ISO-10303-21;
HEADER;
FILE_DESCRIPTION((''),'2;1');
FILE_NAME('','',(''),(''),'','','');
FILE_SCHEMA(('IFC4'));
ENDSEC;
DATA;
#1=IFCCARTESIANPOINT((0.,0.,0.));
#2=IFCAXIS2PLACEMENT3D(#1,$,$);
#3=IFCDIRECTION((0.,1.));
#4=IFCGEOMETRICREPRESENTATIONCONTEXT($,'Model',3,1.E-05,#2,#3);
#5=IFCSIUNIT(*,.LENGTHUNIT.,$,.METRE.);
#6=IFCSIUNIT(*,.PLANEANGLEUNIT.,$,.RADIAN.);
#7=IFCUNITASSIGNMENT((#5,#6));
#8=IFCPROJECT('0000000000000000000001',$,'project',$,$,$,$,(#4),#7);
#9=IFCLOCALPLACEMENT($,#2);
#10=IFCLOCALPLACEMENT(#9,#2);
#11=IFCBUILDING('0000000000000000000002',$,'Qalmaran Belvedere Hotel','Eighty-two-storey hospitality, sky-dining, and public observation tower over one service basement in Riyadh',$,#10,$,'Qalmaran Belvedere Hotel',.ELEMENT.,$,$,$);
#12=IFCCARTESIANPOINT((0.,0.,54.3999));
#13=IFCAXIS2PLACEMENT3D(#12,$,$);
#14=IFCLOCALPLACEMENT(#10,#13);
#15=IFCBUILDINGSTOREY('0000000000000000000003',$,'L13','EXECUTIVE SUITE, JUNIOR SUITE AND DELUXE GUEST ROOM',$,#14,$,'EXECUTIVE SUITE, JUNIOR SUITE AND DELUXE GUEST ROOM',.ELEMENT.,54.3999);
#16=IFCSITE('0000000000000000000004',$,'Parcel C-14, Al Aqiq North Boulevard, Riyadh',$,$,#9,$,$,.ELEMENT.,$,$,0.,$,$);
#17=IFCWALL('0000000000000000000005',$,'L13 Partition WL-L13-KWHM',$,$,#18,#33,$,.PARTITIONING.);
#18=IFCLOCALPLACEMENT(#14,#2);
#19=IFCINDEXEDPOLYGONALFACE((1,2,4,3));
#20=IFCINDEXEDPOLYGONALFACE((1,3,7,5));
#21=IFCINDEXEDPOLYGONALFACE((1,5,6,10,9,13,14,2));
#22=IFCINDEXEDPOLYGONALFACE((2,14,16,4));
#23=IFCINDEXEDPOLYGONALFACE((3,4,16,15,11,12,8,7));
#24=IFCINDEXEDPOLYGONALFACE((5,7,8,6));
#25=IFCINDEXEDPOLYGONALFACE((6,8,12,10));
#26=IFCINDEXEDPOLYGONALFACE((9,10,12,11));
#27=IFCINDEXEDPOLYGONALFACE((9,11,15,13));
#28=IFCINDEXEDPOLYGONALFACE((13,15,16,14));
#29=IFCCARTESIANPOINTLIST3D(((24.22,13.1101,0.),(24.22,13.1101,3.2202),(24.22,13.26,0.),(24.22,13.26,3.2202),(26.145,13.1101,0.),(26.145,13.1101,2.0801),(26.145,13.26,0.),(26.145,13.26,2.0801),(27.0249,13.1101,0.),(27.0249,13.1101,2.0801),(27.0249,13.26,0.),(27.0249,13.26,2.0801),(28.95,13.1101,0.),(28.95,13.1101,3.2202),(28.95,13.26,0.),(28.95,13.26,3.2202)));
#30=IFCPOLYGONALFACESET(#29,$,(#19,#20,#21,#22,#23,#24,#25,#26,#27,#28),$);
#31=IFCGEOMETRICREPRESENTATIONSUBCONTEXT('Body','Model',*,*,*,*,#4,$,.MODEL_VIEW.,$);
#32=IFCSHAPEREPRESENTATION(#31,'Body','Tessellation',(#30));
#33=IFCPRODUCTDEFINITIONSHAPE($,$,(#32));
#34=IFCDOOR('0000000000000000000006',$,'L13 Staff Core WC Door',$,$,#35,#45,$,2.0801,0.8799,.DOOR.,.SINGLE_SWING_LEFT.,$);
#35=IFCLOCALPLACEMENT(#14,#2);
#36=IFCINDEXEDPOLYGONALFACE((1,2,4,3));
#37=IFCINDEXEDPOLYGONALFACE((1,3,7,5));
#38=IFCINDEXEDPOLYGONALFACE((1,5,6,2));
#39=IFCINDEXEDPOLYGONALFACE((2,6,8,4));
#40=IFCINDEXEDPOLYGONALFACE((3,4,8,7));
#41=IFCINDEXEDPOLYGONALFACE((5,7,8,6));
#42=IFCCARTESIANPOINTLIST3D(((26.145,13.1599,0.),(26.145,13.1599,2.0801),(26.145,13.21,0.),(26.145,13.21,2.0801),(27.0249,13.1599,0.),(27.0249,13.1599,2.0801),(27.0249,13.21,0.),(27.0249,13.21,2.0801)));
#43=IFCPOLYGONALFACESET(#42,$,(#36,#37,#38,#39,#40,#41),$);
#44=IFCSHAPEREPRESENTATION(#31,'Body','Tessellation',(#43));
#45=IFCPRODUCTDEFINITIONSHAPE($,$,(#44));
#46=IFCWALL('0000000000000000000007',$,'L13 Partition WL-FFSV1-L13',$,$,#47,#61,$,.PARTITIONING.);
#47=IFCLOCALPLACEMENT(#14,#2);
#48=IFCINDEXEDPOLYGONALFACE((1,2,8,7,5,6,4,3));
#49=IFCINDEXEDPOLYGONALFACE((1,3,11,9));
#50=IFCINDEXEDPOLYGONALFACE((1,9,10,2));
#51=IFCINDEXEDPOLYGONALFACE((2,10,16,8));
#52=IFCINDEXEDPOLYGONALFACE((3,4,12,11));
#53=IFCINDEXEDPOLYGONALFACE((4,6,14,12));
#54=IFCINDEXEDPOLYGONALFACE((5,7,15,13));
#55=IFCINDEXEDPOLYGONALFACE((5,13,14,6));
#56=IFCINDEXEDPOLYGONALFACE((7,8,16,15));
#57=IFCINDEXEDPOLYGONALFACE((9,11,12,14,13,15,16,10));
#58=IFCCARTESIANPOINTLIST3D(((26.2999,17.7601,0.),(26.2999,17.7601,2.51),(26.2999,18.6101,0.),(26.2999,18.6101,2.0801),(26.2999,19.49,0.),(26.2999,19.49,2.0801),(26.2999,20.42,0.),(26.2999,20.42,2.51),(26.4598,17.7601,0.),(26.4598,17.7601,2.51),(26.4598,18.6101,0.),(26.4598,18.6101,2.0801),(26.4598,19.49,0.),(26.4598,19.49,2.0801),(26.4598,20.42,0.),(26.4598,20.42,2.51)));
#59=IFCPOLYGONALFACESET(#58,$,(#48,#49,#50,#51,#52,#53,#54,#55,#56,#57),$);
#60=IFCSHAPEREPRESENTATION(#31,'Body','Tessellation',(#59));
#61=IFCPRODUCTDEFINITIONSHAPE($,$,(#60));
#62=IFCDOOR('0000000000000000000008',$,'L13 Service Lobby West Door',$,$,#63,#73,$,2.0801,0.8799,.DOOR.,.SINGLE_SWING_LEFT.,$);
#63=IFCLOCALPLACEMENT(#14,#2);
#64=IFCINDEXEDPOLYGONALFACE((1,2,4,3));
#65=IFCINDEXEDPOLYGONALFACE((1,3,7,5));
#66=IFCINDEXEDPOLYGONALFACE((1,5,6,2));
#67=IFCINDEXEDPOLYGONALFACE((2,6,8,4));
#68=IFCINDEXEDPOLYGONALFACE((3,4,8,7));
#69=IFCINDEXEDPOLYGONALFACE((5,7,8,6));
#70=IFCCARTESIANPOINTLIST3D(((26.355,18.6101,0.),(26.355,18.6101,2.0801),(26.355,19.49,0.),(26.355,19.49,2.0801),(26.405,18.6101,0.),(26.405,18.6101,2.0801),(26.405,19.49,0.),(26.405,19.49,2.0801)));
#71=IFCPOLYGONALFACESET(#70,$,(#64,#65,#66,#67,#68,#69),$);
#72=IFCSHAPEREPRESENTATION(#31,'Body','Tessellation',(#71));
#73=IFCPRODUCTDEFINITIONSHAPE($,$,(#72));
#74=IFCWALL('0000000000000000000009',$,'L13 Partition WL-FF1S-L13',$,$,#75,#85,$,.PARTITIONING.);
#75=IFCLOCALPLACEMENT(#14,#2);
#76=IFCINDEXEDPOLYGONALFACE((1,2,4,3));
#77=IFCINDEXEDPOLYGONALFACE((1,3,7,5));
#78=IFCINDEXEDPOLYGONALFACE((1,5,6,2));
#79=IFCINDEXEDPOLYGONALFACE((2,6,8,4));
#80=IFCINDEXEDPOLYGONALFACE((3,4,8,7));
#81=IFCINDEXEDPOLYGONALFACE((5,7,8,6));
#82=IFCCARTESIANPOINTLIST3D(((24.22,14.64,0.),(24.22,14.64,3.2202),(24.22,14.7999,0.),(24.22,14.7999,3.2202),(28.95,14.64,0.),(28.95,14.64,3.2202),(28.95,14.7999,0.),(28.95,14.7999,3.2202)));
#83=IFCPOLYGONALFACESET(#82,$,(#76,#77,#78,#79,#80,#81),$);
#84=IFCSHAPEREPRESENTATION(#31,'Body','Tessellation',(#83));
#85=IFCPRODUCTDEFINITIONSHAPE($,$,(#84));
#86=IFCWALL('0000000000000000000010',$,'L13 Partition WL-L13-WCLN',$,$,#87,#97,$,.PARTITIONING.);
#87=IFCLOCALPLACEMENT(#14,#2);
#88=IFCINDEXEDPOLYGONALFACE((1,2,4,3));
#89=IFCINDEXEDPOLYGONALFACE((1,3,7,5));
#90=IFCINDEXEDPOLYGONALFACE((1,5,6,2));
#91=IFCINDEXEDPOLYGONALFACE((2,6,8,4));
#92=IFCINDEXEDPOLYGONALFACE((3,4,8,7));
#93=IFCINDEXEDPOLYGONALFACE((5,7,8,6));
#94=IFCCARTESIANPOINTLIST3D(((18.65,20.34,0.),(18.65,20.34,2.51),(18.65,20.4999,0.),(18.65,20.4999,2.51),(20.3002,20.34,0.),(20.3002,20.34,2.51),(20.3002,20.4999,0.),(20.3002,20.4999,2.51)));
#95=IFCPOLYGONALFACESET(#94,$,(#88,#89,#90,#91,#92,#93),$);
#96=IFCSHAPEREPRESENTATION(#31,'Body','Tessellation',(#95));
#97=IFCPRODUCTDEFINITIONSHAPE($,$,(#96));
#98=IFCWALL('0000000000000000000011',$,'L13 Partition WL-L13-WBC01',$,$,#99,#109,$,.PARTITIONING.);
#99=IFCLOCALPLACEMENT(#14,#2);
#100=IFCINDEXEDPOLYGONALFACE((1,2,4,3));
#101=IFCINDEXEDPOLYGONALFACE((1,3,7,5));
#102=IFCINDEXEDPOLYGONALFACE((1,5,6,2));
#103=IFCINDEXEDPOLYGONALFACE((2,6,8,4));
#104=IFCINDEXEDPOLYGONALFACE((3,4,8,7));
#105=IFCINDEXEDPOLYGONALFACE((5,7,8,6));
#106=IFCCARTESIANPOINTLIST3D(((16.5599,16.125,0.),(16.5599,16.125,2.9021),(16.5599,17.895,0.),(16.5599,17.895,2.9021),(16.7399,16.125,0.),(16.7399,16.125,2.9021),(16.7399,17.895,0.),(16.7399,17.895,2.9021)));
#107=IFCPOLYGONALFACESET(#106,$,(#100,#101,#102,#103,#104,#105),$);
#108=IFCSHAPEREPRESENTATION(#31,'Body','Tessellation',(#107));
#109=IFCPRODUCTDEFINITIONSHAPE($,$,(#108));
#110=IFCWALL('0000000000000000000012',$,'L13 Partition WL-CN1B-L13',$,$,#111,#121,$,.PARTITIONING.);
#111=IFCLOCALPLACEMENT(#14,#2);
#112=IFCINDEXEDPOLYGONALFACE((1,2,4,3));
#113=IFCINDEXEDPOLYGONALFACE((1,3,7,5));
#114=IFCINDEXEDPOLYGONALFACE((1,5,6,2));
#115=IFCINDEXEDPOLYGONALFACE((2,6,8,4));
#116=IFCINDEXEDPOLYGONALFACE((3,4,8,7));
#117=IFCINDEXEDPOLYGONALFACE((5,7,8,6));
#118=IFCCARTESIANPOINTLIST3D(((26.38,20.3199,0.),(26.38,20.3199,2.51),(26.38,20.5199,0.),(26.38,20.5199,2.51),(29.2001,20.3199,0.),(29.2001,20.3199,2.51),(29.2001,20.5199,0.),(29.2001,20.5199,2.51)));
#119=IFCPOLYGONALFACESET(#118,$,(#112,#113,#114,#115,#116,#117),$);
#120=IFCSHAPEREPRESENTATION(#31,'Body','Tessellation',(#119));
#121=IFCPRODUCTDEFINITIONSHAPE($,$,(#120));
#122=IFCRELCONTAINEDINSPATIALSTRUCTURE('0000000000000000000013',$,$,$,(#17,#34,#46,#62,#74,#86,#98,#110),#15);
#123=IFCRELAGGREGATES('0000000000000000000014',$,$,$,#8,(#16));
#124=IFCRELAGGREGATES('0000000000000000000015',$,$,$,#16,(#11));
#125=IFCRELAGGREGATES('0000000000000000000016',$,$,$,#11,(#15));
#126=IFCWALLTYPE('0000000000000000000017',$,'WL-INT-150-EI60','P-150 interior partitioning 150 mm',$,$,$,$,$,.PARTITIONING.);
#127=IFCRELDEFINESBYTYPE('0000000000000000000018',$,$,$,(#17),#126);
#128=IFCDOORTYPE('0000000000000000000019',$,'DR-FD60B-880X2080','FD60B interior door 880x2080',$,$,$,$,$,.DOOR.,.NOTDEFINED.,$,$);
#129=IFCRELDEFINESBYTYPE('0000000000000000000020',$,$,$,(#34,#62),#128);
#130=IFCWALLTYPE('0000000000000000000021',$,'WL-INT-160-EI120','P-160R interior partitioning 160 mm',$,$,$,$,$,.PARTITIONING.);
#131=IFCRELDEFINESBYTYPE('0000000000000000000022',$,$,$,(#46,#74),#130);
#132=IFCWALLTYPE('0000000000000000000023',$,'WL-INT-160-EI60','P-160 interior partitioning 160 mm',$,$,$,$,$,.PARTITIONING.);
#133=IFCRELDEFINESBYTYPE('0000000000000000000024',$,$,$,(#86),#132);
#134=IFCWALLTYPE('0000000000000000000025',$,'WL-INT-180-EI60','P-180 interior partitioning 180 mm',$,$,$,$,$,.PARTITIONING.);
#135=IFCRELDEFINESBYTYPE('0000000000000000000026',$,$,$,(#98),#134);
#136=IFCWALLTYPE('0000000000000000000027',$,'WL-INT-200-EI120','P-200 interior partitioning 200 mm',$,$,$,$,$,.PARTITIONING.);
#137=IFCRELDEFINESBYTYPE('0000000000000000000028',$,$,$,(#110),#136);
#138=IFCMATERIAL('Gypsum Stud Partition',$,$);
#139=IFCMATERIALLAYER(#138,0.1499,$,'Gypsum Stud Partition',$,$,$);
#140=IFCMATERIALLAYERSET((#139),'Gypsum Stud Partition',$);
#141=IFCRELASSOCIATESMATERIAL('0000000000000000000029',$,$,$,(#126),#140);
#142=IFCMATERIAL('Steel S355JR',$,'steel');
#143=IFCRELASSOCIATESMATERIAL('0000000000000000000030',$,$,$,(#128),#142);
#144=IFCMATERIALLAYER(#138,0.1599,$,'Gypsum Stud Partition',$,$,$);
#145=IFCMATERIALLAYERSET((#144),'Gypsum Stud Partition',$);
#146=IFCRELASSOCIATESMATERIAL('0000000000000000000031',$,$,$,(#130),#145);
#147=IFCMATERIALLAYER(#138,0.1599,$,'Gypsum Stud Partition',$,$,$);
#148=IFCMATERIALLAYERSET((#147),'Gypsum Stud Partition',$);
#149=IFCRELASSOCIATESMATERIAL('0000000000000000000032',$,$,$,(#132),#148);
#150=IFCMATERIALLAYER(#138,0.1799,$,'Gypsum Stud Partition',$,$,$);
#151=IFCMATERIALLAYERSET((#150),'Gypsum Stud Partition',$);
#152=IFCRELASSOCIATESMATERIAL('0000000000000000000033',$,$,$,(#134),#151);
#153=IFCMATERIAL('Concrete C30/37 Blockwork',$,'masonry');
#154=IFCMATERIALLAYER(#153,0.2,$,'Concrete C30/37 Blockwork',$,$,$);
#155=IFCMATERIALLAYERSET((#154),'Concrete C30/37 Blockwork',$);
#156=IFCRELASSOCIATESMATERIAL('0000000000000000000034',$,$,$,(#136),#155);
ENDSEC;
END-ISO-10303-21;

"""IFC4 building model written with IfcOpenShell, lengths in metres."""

from ifc_helpers import new_model, si_unit, direction, frame, frame_2d, origin, place, context, subcontext, project, spatial, rectangle, extrude, material, layer, layer_set, type_object, element, fill, save


model = new_model("IFC4")

# Units and contexts
model_context = context("Model", 3, precision=1e-05, world=origin(), true_north=direction((0.0, 1.0)))
body_context = subcontext(model_context, "Body", "Model", "MODEL_VIEW")
ifc_project = project(units=[si_unit("LENGTHUNIT", "METRE"), si_unit("PLANEANGLEUNIT", "RADIAN")], contexts=[model_context])

# Site, building, storey
site_placement = place(None, origin())
site = spatial("IfcSite", under=ifc_project, at=site_placement, Name="Parcel C-14, Al Aqiq North Boulevard, Riyadh", CompositionType="ELEMENT", RefElevation=0.0)
building_placement = place(site_placement, origin())
building = spatial("IfcBuilding", under=site, at=building_placement, Name="Qalmaran Belvedere Hotel", Description="Eighty-two-storey hospitality, sky-dining, and public observation tower over one service basement in Riyadh", LongName="Qalmaran Belvedere Hotel", CompositionType="ELEMENT")
storey_placement = place(building_placement, frame((0.0, 0.0, 54.3999)))
storey = spatial("IfcBuildingStorey", under=building, at=storey_placement, Name="L13", Description="EXECUTIVE SUITE, JUNIOR SUITE AND DELUXE GUEST ROOM", LongName="EXECUTIVE SUITE, JUNIOR SUITE AND DELUXE GUEST ROOM", CompositionType="ELEMENT", Elevation=54.3999)

# Shared definitions
ifc_material_1 = material(Name="Steel S355JR", Category="steel")

# Shared definitions
ifc_material_2 = material(Name="Gypsum Stud Partition")

# Walls, openings, doors
ifc_layer_1 = layer(ifc_material_2, 0.1499, Name="Gypsum Stud Partition")
ifc_layer_set_1 = layer_set([ifc_layer_1], Name="Gypsum Stud Partition")
wall_type_1 = type_object("IfcWallType", Name="WL-INT-150-EI60", Description="P-150 interior partitioning 150 mm", PredefinedType="PARTITIONING", material=ifc_layer_set_1)
wall_1_placement = place(storey_placement, frame((24.22, 13.1851, 0.0), z_axis=(0.0, 0.0, 1.0), x_axis=(1.0, 0.0, 0.0)))
wall_1 = element("IfcWall", 1, at=wall_1_placement, inside=storey, type_object=wall_type_1, Name="L13 Partition WL-L13-KWHM", PredefinedType="PARTITIONING", context=body_context, shape_type="SweptSolid", body=[
    extrude(rectangle(XDim=4.73, YDim=0.1499, at=frame_2d((2.365, 0.0))), origin(), (0.0, 0.0, 1.0), 3.2202),
])
opening_1_placement = place(wall_1_placement, frame((1.925, 0.0, 0.0)))
opening_1 = element("IfcOpeningElement", 2, at=opening_1_placement, cuts=wall_1, PredefinedType="OPENING", context=body_context, shape_type="SweptSolid", body=[
    extrude(rectangle(XDim=0.8799, YDim=2.0801, at=frame_2d((0.4399, 1.04))), frame((0.0, 0.085, 0.0), z_axis=(0.0, -1.0, 0.0), x_axis=(1.0, 0.0, 0.0)), (0.0, 0.0, 1.0), 0.1699),
])
door_type_1 = type_object("IfcDoorType", Name="DR-FD60B-880X2080", Description="FD60B interior door 880x2080", OperationType="NOTDEFINED", PredefinedType="DOOR", material=ifc_material_1)
door_1_placement = place(opening_1_placement, origin())
door_1 = element("IfcDoor", 3, at=door_1_placement, inside=storey, type_object=door_type_1, Name="L13 Staff Core WC Door", OperationType="SINGLE_SWING_LEFT", OverallHeight=2.0801, OverallWidth=0.8799, PredefinedType="DOOR", context=body_context, shape_type="SweptSolid", body=[
    extrude(rectangle(XDim=0.8799, YDim=2.0801, at=frame_2d((0.4399, 1.04))), frame((0.0, 0.0249, 0.0), z_axis=(0.0, -1.0, 0.0), x_axis=(1.0, 0.0, 0.0)), (0.0, 0.0, 1.0), 0.05),
])
fill(opening_1, door_1)
ifc_layer_2 = layer(ifc_material_2, 0.1599, Name="Gypsum Stud Partition")
ifc_layer_set_2 = layer_set([ifc_layer_2], Name="Gypsum Stud Partition")
wall_type_2 = type_object("IfcWallType", Name="WL-INT-160-EI120", Description="P-160R interior partitioning 160 mm", PredefinedType="PARTITIONING", material=ifc_layer_set_2)
wall_2_placement = place(storey_placement, frame((26.3799, 17.76, 0.0), z_axis=(0.0, 0.0, 1.0), x_axis=(0.0, 1.0, 0.0)))
wall_2 = element("IfcWall", 4, at=wall_2_placement, inside=storey, type_object=wall_type_2, Name="L13 Partition WL-FFSV1-L13", PredefinedType="PARTITIONING", context=body_context, shape_type="SweptSolid", body=[
    extrude(rectangle(XDim=2.6599, YDim=0.1599, at=frame_2d((1.3301, 0.0))), origin(), (0.0, 0.0, 1.0), 2.51),
])
opening_2_placement = place(wall_2_placement, frame((0.8501, 0.0, 0.0)))
opening_2 = element("IfcOpeningElement", 5, at=opening_2_placement, cuts=wall_2, PredefinedType="OPENING", context=body_context, shape_type="SweptSolid", body=[
    extrude(rectangle(XDim=0.8799, YDim=2.0801, at=frame_2d((0.4399, 1.04))), frame((0.0, 0.0898, 0.0), z_axis=(0.0, -1.0, 0.0), x_axis=(1.0, 0.0, 0.0)), (0.0, 0.0, 1.0), 0.1799),
])
door_2_placement = place(opening_2_placement, origin())
door_2 = element("IfcDoor", 6, at=door_2_placement, inside=storey, type_object=door_type_1, Name="L13 Service Lobby West Door", OperationType="SINGLE_SWING_LEFT", OverallHeight=2.0801, OverallWidth=0.8799, PredefinedType="DOOR", context=body_context, shape_type="SweptSolid", body=[
    extrude(rectangle(XDim=0.8799, YDim=2.0801, at=frame_2d((0.4399, 1.04))), frame((0.0, 0.0249, 0.0), z_axis=(0.0, -1.0, 0.0), x_axis=(1.0, 0.0, 0.0)), (0.0, 0.0, 1.0), 0.05),
])
fill(opening_2, door_2)

# Walls
wall_3_placement = place(storey_placement, frame((24.22, 14.72, 0.0), z_axis=(0.0, 0.0, 1.0), x_axis=(1.0, 0.0, 0.0)))
element("IfcWall", 7, at=wall_3_placement, inside=storey, type_object=wall_type_2, Name="L13 Partition WL-FF1S-L13", PredefinedType="PARTITIONING", context=body_context, shape_type="SweptSolid", body=[
    extrude(rectangle(XDim=4.73, YDim=0.1599, at=frame_2d((2.365, 0.0))), origin(), (0.0, 0.0, 1.0), 3.2202),
])
ifc_layer_3 = layer(ifc_material_2, 0.1599, Name="Gypsum Stud Partition")
ifc_layer_set_3 = layer_set([ifc_layer_3], Name="Gypsum Stud Partition")
wall_type_3 = type_object("IfcWallType", Name="WL-INT-160-EI60", Description="P-160 interior partitioning 160 mm", PredefinedType="PARTITIONING", material=ifc_layer_set_3)
wall_4_placement = place(storey_placement, frame((18.6499, 20.4199, 0.0), z_axis=(0.0, 0.0, 1.0), x_axis=(1.0, 0.0, 0.0)))
element("IfcWall", 8, at=wall_4_placement, inside=storey, type_object=wall_type_3, Name="L13 Partition WL-L13-WCLN", PredefinedType="PARTITIONING", context=body_context, shape_type="SweptSolid", body=[
    extrude(rectangle(XDim=1.6501, YDim=0.1599, at=frame_2d((0.8252, 0.0))), origin(), (0.0, 0.0, 1.0), 2.51),
])
ifc_layer_4 = layer(ifc_material_2, 0.1799, Name="Gypsum Stud Partition")
ifc_layer_set_4 = layer_set([ifc_layer_4], Name="Gypsum Stud Partition")
wall_type_4 = type_object("IfcWallType", Name="WL-INT-180-EI60", Description="P-180 interior partitioning 180 mm", PredefinedType="PARTITIONING", material=ifc_layer_set_4)
wall_5_placement = place(storey_placement, frame((16.6499, 16.125, 0.0), z_axis=(0.0, 0.0, 1.0), x_axis=(0.0, 1.0, 0.0)))
element("IfcWall", 9, at=wall_5_placement, inside=storey, type_object=wall_type_4, Name="L13 Partition WL-L13-WBC01", PredefinedType="PARTITIONING", context=body_context, shape_type="SweptSolid", body=[
    extrude(rectangle(XDim=1.77, YDim=0.1799, at=frame_2d((0.885, 0.0))), origin(), (0.0, 0.0, 1.0), 2.9021),
])

# Shared definitions
ifc_material_3 = material(Name="Concrete C30/37 Blockwork", Category="masonry")
ifc_layer_5 = layer(ifc_material_3, 0.2, Name="Concrete C30/37 Blockwork")
ifc_layer_set_5 = layer_set([ifc_layer_5], Name="Concrete C30/37 Blockwork")
wall_type_5 = type_object("IfcWallType", Name="WL-INT-200-EI120", Description="P-200 interior partitioning 200 mm", PredefinedType="PARTITIONING", material=ifc_layer_set_5)

# Wall
wall_6_placement = place(storey_placement, frame((26.3799, 20.4199, 0.0), z_axis=(0.0, 0.0, 1.0), x_axis=(1.0, 0.0, 0.0)))
element("IfcWall", 10, at=wall_6_placement, inside=storey, type_object=wall_type_5, Name="L13 Partition WL-CN1B-L13", PredefinedType="PARTITIONING", context=body_context, shape_type="SweptSolid", body=[
    extrude(rectangle(XDim=2.8201, YDim=0.2, at=frame_2d((1.4102, 0.0))), origin(), (0.0, 0.0, 1.0), 2.51),
])

save(model, "model.ifc")
